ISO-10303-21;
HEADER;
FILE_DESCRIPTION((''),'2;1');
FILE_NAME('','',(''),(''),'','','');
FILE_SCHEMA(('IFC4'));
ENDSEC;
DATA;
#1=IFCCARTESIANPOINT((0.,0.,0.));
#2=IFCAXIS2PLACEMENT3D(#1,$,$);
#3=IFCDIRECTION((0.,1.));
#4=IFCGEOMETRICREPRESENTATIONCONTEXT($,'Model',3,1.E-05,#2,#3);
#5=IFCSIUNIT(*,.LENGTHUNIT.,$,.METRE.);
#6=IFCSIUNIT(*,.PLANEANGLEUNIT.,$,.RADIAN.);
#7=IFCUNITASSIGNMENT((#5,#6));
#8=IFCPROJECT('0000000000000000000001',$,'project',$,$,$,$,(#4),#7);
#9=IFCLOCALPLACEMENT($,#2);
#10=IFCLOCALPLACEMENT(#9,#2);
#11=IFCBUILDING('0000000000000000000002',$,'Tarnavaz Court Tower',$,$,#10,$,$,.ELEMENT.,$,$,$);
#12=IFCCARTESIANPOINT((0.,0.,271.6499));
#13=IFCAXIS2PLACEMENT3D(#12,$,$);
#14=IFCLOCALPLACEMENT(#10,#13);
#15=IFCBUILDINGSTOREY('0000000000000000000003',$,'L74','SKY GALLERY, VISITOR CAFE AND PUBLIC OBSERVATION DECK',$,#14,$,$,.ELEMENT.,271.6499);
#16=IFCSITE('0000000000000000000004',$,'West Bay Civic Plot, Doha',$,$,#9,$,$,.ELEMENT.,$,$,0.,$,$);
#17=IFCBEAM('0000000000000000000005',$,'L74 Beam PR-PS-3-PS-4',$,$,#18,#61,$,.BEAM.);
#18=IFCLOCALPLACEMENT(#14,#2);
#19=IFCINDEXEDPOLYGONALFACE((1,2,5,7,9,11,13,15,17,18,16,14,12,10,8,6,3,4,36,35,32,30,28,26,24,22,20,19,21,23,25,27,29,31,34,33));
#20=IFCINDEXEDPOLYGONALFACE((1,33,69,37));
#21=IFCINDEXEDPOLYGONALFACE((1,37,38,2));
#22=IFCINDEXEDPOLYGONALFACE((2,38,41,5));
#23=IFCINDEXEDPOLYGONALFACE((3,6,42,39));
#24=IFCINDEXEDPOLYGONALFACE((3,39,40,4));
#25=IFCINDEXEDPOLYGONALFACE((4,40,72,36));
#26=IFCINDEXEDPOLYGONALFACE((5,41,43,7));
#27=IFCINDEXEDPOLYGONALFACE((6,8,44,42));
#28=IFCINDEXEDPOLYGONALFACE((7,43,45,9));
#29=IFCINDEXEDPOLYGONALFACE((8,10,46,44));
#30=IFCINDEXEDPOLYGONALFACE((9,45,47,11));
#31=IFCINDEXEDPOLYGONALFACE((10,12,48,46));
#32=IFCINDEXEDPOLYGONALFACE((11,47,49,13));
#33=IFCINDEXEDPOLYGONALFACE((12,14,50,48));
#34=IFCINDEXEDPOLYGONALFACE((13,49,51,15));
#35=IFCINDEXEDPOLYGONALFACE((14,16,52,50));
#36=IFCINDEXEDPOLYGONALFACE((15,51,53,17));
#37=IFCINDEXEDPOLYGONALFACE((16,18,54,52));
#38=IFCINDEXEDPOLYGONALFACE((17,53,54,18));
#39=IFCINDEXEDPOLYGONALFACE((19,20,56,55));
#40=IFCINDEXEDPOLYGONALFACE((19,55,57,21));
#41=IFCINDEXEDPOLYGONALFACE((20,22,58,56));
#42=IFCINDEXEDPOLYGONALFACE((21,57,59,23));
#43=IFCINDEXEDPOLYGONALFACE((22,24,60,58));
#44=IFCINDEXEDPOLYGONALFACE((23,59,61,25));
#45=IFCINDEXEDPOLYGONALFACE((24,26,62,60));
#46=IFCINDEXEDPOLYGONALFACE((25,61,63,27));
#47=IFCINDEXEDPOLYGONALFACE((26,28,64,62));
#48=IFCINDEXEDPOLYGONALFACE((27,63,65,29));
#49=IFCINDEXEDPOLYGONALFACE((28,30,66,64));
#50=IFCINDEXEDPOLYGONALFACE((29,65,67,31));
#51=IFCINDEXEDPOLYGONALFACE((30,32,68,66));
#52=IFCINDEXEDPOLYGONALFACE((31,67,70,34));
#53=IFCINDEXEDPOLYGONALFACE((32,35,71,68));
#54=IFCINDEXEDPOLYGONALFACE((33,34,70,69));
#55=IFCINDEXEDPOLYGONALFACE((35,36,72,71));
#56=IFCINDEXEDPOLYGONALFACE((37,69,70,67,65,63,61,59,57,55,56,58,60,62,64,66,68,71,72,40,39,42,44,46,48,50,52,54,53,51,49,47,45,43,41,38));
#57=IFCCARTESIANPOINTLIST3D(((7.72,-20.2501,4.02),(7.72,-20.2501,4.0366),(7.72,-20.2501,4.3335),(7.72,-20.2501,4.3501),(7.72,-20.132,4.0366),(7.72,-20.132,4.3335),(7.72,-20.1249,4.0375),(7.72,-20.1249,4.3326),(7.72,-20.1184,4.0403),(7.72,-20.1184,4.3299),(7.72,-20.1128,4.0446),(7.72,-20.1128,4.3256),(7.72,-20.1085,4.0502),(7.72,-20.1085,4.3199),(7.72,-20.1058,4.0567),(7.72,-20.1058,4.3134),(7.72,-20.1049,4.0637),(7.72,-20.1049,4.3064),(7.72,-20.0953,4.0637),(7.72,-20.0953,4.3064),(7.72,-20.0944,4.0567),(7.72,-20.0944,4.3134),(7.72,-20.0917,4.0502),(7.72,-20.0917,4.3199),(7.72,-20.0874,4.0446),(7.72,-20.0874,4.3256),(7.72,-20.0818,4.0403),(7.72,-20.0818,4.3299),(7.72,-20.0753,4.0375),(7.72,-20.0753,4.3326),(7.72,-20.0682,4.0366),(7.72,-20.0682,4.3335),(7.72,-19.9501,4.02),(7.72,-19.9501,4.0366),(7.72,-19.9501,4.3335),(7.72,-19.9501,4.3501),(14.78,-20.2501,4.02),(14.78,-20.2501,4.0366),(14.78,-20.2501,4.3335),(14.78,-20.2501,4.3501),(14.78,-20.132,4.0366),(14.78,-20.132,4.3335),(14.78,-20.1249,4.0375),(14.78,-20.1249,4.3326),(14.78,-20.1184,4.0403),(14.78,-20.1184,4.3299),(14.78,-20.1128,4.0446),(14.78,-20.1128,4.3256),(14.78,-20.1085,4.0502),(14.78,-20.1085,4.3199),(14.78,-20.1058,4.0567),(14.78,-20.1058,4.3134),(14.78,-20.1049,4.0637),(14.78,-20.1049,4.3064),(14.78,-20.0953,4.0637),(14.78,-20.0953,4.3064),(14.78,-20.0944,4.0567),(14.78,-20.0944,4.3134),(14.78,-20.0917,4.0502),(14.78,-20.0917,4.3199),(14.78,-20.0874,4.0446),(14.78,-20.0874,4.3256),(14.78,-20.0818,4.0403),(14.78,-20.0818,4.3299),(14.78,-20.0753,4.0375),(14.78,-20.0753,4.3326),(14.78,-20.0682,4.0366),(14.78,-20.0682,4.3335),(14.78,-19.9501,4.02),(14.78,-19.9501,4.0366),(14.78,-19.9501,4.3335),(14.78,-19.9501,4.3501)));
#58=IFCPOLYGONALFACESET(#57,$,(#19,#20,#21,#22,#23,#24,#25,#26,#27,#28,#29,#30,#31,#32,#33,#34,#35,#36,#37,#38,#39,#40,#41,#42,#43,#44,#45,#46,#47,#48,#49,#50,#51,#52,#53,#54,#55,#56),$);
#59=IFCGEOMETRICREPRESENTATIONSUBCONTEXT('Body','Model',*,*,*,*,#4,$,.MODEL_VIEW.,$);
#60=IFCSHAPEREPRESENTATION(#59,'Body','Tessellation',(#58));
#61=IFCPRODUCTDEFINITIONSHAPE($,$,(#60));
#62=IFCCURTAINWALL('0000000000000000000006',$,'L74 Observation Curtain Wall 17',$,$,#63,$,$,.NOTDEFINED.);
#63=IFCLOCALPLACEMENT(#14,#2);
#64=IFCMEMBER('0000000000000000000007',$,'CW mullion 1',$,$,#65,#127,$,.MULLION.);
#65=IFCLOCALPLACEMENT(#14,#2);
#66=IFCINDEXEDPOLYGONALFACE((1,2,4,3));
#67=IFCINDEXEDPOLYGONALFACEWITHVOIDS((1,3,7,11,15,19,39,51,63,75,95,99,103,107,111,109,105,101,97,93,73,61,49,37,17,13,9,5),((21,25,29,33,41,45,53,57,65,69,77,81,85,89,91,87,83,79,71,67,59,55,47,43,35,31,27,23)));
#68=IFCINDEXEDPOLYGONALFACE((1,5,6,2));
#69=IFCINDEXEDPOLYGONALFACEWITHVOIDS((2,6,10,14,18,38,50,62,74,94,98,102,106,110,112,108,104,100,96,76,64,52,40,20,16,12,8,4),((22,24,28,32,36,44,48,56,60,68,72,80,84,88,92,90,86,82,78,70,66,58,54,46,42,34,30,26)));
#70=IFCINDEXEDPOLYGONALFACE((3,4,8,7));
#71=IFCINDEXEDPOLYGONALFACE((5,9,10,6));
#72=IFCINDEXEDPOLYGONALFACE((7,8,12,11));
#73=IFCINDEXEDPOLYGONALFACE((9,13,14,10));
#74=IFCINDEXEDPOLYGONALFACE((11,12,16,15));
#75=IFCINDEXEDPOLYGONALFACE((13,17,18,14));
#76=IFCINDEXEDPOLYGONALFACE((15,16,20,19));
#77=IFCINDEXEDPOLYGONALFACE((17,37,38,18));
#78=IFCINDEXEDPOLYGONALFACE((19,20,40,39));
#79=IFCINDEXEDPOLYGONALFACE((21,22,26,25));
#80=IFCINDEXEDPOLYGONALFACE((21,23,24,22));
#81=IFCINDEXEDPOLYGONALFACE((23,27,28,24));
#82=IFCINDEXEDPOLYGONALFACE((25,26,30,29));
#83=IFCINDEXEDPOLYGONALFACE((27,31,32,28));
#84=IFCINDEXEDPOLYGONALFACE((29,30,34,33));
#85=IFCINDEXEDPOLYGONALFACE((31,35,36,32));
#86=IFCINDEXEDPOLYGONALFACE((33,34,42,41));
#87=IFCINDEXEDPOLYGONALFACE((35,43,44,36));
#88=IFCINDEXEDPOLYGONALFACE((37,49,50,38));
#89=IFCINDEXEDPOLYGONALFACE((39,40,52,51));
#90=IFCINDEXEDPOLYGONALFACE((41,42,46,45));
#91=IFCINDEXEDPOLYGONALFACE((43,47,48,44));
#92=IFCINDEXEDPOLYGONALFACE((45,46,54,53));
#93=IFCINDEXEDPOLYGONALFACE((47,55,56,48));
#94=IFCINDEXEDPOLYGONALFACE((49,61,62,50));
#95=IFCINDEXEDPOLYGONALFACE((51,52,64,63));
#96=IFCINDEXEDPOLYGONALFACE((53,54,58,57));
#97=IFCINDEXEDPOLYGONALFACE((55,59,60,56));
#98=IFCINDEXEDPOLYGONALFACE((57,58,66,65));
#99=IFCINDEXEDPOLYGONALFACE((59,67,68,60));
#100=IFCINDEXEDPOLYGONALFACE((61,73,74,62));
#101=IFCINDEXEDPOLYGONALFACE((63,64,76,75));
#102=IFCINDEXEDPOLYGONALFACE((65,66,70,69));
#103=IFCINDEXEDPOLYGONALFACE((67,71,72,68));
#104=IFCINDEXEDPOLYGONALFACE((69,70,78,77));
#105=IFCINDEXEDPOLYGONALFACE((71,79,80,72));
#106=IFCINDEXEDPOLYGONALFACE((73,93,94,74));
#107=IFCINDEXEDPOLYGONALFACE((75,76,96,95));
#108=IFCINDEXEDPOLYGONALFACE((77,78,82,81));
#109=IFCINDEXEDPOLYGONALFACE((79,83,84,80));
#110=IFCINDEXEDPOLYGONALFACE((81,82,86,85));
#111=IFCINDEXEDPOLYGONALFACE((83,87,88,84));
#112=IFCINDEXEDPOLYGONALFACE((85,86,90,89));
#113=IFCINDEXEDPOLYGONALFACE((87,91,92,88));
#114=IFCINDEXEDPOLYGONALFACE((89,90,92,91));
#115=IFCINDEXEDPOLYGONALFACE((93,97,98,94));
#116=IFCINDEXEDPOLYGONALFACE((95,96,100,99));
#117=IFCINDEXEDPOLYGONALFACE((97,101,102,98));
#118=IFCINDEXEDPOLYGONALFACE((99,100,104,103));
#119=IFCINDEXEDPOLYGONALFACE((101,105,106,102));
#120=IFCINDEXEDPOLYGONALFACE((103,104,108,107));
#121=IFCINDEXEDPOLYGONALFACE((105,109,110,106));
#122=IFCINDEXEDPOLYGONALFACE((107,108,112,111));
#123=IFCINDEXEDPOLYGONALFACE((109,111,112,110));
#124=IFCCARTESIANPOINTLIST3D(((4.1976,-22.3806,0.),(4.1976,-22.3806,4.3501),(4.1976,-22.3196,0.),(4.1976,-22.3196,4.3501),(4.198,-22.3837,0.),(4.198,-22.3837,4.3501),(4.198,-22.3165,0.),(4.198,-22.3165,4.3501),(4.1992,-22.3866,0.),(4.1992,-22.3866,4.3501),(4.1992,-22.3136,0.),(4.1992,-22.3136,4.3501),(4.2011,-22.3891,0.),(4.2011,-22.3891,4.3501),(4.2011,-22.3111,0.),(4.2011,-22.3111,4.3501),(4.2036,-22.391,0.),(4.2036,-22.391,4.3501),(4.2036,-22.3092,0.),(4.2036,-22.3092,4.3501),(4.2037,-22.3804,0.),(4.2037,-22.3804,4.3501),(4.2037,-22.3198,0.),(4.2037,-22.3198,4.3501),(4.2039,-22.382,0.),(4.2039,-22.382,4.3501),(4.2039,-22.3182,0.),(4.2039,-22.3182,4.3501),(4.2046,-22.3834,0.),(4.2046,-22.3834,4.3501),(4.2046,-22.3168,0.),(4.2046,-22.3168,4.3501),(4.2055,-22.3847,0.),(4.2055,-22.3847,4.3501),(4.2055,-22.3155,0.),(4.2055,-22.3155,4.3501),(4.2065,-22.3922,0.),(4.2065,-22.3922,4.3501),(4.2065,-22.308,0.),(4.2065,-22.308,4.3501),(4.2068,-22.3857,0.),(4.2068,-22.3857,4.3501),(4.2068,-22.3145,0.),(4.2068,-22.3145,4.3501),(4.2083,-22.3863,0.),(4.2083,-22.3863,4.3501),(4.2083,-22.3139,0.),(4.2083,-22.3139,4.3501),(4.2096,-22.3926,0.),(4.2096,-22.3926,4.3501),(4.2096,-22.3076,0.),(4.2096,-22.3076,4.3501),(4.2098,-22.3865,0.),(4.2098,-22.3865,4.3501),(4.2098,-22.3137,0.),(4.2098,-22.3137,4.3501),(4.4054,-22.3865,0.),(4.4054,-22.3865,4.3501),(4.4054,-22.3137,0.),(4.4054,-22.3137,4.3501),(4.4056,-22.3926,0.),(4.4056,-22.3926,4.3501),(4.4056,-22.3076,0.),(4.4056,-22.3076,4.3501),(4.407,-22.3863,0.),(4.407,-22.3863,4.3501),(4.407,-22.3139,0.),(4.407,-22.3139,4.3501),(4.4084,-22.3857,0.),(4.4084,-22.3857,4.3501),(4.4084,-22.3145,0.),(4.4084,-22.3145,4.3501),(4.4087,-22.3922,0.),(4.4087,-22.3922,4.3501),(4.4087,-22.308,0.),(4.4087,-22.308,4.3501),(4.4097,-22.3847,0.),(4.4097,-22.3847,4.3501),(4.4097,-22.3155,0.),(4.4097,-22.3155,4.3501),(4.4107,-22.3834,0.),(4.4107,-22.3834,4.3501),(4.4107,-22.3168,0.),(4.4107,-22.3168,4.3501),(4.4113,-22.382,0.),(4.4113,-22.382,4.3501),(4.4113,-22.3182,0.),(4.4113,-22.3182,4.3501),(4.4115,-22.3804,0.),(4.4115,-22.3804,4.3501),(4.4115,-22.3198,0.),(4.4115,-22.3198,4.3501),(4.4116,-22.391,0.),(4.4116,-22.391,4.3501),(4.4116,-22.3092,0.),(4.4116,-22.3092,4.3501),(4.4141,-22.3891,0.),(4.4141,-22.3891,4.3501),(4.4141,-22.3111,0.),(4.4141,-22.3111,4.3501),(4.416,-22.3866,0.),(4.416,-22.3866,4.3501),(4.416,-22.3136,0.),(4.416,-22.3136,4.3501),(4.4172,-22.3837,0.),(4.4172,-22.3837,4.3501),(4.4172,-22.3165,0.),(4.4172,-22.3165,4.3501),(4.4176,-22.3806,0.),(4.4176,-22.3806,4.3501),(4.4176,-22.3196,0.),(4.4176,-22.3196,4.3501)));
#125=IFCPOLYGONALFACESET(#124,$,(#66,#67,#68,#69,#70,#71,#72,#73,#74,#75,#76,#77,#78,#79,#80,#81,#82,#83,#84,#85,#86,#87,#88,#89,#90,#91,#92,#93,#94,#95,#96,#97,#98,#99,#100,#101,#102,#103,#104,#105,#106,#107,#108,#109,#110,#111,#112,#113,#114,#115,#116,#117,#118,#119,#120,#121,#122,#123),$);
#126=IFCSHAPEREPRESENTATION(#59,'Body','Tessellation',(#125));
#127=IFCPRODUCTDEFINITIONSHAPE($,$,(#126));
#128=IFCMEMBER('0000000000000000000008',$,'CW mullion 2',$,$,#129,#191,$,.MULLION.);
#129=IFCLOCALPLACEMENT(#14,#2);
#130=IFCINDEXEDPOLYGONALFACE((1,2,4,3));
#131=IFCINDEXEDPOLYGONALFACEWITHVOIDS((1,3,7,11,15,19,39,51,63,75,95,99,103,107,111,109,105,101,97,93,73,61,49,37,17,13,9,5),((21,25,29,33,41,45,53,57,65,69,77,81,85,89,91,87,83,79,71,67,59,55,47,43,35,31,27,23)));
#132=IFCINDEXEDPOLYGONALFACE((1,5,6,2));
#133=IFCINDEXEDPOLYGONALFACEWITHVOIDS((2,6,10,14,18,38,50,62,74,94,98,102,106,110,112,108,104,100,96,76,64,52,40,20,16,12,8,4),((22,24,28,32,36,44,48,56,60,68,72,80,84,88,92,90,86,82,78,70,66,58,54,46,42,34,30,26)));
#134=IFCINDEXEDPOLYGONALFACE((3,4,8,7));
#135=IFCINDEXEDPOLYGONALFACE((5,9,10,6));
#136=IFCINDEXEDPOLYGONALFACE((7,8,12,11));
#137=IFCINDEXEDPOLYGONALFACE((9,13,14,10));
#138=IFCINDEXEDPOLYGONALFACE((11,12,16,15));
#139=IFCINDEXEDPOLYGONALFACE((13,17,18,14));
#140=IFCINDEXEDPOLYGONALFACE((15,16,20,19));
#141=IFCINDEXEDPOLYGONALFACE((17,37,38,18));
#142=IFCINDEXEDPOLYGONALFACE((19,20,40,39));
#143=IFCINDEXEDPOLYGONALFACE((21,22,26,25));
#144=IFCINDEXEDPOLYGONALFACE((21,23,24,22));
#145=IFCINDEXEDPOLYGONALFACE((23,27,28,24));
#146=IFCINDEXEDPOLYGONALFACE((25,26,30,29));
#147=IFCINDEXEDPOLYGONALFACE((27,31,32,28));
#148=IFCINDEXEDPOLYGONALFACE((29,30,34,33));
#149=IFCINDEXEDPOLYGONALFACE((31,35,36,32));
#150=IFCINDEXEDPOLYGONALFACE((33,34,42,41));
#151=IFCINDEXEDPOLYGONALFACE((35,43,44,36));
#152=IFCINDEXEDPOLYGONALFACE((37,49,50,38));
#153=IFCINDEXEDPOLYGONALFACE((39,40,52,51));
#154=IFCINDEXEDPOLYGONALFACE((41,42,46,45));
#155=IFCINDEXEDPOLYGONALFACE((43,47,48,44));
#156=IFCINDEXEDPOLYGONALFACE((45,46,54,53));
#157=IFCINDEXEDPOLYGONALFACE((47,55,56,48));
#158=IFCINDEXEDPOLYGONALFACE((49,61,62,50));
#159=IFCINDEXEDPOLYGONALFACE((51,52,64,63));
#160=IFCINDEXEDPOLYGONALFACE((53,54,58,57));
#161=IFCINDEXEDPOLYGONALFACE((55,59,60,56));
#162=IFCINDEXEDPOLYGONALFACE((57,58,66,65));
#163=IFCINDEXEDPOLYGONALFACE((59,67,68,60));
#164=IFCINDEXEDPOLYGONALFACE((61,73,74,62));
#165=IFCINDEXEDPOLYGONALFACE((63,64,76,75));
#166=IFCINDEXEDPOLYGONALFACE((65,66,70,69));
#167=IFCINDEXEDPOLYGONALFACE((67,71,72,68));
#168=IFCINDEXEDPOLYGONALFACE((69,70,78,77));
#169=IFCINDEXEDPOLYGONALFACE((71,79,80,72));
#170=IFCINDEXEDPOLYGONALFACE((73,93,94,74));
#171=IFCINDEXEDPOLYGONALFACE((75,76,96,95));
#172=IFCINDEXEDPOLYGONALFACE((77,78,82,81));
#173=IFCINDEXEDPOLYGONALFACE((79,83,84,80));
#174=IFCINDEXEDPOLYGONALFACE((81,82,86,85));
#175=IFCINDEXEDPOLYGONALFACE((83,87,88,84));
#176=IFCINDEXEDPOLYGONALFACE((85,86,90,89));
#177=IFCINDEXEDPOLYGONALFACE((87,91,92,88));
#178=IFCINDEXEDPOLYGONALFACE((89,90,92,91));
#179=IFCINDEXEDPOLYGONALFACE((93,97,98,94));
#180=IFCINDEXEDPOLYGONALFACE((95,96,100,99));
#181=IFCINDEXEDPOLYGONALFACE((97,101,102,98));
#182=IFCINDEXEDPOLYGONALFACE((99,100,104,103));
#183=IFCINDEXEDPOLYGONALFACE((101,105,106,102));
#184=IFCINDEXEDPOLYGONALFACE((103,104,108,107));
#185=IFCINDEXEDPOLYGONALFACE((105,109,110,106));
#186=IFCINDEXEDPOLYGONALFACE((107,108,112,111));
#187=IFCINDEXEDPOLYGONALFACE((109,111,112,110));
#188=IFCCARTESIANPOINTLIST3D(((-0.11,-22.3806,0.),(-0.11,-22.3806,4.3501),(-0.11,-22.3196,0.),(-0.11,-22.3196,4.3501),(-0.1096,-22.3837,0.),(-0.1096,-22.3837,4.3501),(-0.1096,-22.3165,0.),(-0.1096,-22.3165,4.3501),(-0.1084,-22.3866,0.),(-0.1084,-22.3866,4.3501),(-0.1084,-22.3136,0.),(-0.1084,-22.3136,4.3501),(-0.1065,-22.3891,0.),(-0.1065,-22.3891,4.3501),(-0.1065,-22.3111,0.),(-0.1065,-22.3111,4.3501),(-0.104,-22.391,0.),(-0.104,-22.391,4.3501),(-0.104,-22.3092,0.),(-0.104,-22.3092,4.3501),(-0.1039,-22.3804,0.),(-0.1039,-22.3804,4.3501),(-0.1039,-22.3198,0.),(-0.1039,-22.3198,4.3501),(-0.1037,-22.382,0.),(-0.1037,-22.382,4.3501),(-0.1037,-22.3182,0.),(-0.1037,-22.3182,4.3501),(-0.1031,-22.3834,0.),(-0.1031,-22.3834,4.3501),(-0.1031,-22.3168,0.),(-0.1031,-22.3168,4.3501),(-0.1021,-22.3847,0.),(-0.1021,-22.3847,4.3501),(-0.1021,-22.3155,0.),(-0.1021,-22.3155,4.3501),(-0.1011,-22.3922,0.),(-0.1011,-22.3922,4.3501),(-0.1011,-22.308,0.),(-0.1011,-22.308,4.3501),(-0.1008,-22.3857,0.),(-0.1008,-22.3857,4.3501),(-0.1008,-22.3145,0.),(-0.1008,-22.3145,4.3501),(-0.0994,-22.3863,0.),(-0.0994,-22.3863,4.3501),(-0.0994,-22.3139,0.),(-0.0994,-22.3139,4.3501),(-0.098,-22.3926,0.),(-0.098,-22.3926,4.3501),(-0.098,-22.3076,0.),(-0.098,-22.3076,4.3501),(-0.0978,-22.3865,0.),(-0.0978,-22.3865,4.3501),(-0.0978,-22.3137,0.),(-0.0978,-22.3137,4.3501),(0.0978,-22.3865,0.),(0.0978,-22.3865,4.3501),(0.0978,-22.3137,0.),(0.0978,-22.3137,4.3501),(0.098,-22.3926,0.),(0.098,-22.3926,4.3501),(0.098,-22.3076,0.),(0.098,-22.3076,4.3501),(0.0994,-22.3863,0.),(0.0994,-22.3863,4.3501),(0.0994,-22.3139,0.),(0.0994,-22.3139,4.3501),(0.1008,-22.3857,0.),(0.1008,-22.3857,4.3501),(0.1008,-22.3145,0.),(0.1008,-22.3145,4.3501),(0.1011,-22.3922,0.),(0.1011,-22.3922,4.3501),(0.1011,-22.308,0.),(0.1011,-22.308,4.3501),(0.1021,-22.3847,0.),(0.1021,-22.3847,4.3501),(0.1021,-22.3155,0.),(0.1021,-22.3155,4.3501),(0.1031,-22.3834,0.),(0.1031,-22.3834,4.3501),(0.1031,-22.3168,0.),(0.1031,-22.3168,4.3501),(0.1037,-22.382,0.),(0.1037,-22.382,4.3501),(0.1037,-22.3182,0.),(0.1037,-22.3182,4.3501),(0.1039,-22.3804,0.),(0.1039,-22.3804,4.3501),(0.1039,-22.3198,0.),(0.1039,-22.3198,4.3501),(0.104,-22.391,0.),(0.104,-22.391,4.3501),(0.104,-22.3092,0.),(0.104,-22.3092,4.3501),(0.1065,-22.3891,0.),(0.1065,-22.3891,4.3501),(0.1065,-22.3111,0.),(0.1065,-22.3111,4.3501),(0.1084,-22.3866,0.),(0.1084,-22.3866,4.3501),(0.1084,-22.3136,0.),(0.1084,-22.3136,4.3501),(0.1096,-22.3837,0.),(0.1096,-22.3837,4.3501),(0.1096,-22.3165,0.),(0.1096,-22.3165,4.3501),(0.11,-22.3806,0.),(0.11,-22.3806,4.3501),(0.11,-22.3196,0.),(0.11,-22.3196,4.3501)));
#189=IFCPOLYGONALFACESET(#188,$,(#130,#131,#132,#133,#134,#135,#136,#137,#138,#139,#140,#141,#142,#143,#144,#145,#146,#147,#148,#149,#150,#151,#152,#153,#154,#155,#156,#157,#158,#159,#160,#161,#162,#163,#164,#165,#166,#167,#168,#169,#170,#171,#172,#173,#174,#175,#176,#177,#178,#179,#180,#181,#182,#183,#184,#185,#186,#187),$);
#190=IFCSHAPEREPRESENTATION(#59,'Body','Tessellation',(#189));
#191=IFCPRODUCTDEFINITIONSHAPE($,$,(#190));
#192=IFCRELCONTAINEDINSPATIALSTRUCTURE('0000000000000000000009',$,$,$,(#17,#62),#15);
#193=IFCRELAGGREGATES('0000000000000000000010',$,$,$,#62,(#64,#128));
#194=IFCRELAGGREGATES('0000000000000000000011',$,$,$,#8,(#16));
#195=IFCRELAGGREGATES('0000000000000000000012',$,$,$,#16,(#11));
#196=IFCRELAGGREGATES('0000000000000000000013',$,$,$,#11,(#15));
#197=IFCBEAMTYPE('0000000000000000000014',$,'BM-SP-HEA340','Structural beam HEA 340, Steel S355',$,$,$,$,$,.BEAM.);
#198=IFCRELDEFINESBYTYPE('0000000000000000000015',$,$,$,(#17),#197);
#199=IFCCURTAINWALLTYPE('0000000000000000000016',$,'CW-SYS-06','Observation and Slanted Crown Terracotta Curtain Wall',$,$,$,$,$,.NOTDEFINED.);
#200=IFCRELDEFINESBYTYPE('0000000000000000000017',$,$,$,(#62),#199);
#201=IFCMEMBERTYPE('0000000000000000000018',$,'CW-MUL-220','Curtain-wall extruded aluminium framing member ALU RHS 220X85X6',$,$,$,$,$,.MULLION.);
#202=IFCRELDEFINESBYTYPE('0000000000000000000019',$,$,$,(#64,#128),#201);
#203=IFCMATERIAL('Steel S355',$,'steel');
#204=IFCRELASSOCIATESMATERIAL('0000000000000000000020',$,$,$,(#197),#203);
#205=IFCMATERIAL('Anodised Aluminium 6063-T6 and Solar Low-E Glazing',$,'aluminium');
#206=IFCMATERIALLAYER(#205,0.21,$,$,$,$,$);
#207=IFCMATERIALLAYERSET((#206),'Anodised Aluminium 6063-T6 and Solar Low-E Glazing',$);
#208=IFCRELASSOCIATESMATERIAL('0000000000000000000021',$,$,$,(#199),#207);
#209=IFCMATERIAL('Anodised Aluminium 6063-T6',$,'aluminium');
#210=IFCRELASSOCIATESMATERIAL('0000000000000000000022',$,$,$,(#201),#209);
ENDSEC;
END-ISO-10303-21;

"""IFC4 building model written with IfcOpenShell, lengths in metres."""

from ifc_helpers import new_model, si_unit, direction, frame, origin, origin_2d, place, context, subcontext, project, spatial, hollow_rectangle, i_section, extrude, material, layer, layer_set, material_profile, profile_set, type_object, element, aggregate, save


model = new_model("IFC4")

# Units and contexts
model_context = context("Model", 3, precision=1e-05, world=origin(), true_north=direction((0.0, 1.0)))
body_context = subcontext(model_context, "Body", "Model", "MODEL_VIEW")
ifc_project = project(units=[si_unit("LENGTHUNIT", "METRE"), si_unit("PLANEANGLEUNIT", "RADIAN")], contexts=[model_context])

# Site, building, storey
site_placement = place(None, origin())
site = spatial("IfcSite", under=ifc_project, at=site_placement, Name="West Bay Civic Plot, Doha", CompositionType="ELEMENT", RefElevation=0.0)
building_placement = place(site_placement, origin())
building = spatial("IfcBuilding", under=site, at=building_placement, Name="Tarnavaz Court Tower", CompositionType="ELEMENT")
storey_placement = place(building_placement, frame((0.0, 0.0, 271.6499)))
storey = spatial("IfcBuildingStorey", under=building, at=storey_placement, Name="L74", Description="SKY GALLERY, VISITOR CAFE AND PUBLIC OBSERVATION DECK", CompositionType="ELEMENT", Elevation=271.6499)

# Beam
ifc_material_1 = material(Name="Steel S355", Category="steel")
ifc_material_profile_1 = material_profile(ifc_material_1, i_section(OverallWidth=0.3, OverallDepth=0.3301, WebThickness=0.0095, FlangeThickness=0.0166, FilletRadius=0.0271, at=origin_2d()), Name="HEA 340")
ifc_profile_set_1 = profile_set([ifc_material_profile_1], Name="Steel S355")
beam_type_1 = type_object("IfcBeamType", Name="BM-SP-HEA340", Description="Structural beam HEA 340, Steel S355", PredefinedType="BEAM", material=ifc_profile_set_1)
beam_1_placement = place(storey_placement, frame((7.72, -20.1001, 4.1851), z_axis=(1.0, 0.0, 0.0), x_axis=(0.0, 1.0, 0.0)))
element("IfcBeam", 1, at=beam_1_placement, inside=storey, type_object=beam_type_1, Name="L74 Beam PR-PS-3-PS-4", PredefinedType="BEAM", context=body_context, shape_type="SweptSolid", body=[
    extrude(i_section(OverallWidth=0.3, OverallDepth=0.3301, WebThickness=0.0095, FlangeThickness=0.0166, FilletRadius=0.0271, at=origin_2d()), origin(), (0.0, 0.0, 1.0), 7.0601),
])

# Curtain wall, members
ifc_material_2 = material(Name="Anodised Aluminium 6063-T6 and Solar Low-E Glazing", Category="aluminium")
ifc_layer_1 = layer(ifc_material_2, 0.21)
ifc_layer_set_1 = layer_set([ifc_layer_1], Name="Anodised Aluminium 6063-T6 and Solar Low-E Glazing")
curtain_wall_type = type_object("IfcCurtainWallType", Name="CW-SYS-06", Description="Observation and Slanted Crown Terracotta Curtain Wall", PredefinedType="NOTDEFINED", material=ifc_layer_set_1)
curtain_wall_placement = place(storey_placement, origin())
curtain_wall = element("IfcCurtainWall", 2, at=curtain_wall_placement, inside=storey, type_object=curtain_wall_type, Name="L74 Observation Curtain Wall 17", PredefinedType="NOTDEFINED")
ifc_material_3 = material(Name="Anodised Aluminium 6063-T6", Category="aluminium")
ifc_material_profile_2 = material_profile(ifc_material_3, hollow_rectangle(XDim=0.085, YDim=0.22, WallThickness=0.0061, InnerFilletRadius=0.0061, OuterFilletRadius=0.012, at=origin_2d()), Name="ALU RHS 220X85X6")
ifc_profile_set_2 = profile_set([ifc_material_profile_2], Name="Anodised Aluminium 6063-T6")
member_type_1 = type_object("IfcMemberType", Name="CW-MUL-220", Description="Curtain-wall extruded aluminium framing member ALU RHS 220X85X6", PredefinedType="MULLION", material=ifc_profile_set_2)
member_1_placement = place(storey_placement, frame((4.3076, -22.3501, 0.0), z_axis=(0.0, 0.0, 1.0), x_axis=(0.0, -1.0, 0.0)))
member_1 = element("IfcMember", 3, at=member_1_placement, type_object=member_type_1, Name="CW mullion 1", PredefinedType="MULLION", context=body_context, shape_type="SweptSolid", body=[
    extrude(hollow_rectangle(XDim=0.085, YDim=0.22, WallThickness=0.0061, InnerFilletRadius=0.0061, OuterFilletRadius=0.012, at=origin_2d()), origin(), (0.0, 0.0, 1.0), 4.3501),
])
member_2_placement = place(storey_placement, frame((0.0, -22.3501, 0.0), z_axis=(0.0, 0.0, 1.0), x_axis=(0.0, -1.0, 0.0)))
member_2 = element("IfcMember", 4, at=member_2_placement, type_object=member_type_1, Name="CW mullion 2", PredefinedType="MULLION", context=body_context, shape_type="SweptSolid", body=[
    extrude(hollow_rectangle(XDim=0.085, YDim=0.22, WallThickness=0.0061, InnerFilletRadius=0.0061, OuterFilletRadius=0.012, at=origin_2d()), origin(), (0.0, 0.0, 1.0), 4.3501),
])
aggregate(curtain_wall, [member_1, member_2])

save(model, "model.ifc")
